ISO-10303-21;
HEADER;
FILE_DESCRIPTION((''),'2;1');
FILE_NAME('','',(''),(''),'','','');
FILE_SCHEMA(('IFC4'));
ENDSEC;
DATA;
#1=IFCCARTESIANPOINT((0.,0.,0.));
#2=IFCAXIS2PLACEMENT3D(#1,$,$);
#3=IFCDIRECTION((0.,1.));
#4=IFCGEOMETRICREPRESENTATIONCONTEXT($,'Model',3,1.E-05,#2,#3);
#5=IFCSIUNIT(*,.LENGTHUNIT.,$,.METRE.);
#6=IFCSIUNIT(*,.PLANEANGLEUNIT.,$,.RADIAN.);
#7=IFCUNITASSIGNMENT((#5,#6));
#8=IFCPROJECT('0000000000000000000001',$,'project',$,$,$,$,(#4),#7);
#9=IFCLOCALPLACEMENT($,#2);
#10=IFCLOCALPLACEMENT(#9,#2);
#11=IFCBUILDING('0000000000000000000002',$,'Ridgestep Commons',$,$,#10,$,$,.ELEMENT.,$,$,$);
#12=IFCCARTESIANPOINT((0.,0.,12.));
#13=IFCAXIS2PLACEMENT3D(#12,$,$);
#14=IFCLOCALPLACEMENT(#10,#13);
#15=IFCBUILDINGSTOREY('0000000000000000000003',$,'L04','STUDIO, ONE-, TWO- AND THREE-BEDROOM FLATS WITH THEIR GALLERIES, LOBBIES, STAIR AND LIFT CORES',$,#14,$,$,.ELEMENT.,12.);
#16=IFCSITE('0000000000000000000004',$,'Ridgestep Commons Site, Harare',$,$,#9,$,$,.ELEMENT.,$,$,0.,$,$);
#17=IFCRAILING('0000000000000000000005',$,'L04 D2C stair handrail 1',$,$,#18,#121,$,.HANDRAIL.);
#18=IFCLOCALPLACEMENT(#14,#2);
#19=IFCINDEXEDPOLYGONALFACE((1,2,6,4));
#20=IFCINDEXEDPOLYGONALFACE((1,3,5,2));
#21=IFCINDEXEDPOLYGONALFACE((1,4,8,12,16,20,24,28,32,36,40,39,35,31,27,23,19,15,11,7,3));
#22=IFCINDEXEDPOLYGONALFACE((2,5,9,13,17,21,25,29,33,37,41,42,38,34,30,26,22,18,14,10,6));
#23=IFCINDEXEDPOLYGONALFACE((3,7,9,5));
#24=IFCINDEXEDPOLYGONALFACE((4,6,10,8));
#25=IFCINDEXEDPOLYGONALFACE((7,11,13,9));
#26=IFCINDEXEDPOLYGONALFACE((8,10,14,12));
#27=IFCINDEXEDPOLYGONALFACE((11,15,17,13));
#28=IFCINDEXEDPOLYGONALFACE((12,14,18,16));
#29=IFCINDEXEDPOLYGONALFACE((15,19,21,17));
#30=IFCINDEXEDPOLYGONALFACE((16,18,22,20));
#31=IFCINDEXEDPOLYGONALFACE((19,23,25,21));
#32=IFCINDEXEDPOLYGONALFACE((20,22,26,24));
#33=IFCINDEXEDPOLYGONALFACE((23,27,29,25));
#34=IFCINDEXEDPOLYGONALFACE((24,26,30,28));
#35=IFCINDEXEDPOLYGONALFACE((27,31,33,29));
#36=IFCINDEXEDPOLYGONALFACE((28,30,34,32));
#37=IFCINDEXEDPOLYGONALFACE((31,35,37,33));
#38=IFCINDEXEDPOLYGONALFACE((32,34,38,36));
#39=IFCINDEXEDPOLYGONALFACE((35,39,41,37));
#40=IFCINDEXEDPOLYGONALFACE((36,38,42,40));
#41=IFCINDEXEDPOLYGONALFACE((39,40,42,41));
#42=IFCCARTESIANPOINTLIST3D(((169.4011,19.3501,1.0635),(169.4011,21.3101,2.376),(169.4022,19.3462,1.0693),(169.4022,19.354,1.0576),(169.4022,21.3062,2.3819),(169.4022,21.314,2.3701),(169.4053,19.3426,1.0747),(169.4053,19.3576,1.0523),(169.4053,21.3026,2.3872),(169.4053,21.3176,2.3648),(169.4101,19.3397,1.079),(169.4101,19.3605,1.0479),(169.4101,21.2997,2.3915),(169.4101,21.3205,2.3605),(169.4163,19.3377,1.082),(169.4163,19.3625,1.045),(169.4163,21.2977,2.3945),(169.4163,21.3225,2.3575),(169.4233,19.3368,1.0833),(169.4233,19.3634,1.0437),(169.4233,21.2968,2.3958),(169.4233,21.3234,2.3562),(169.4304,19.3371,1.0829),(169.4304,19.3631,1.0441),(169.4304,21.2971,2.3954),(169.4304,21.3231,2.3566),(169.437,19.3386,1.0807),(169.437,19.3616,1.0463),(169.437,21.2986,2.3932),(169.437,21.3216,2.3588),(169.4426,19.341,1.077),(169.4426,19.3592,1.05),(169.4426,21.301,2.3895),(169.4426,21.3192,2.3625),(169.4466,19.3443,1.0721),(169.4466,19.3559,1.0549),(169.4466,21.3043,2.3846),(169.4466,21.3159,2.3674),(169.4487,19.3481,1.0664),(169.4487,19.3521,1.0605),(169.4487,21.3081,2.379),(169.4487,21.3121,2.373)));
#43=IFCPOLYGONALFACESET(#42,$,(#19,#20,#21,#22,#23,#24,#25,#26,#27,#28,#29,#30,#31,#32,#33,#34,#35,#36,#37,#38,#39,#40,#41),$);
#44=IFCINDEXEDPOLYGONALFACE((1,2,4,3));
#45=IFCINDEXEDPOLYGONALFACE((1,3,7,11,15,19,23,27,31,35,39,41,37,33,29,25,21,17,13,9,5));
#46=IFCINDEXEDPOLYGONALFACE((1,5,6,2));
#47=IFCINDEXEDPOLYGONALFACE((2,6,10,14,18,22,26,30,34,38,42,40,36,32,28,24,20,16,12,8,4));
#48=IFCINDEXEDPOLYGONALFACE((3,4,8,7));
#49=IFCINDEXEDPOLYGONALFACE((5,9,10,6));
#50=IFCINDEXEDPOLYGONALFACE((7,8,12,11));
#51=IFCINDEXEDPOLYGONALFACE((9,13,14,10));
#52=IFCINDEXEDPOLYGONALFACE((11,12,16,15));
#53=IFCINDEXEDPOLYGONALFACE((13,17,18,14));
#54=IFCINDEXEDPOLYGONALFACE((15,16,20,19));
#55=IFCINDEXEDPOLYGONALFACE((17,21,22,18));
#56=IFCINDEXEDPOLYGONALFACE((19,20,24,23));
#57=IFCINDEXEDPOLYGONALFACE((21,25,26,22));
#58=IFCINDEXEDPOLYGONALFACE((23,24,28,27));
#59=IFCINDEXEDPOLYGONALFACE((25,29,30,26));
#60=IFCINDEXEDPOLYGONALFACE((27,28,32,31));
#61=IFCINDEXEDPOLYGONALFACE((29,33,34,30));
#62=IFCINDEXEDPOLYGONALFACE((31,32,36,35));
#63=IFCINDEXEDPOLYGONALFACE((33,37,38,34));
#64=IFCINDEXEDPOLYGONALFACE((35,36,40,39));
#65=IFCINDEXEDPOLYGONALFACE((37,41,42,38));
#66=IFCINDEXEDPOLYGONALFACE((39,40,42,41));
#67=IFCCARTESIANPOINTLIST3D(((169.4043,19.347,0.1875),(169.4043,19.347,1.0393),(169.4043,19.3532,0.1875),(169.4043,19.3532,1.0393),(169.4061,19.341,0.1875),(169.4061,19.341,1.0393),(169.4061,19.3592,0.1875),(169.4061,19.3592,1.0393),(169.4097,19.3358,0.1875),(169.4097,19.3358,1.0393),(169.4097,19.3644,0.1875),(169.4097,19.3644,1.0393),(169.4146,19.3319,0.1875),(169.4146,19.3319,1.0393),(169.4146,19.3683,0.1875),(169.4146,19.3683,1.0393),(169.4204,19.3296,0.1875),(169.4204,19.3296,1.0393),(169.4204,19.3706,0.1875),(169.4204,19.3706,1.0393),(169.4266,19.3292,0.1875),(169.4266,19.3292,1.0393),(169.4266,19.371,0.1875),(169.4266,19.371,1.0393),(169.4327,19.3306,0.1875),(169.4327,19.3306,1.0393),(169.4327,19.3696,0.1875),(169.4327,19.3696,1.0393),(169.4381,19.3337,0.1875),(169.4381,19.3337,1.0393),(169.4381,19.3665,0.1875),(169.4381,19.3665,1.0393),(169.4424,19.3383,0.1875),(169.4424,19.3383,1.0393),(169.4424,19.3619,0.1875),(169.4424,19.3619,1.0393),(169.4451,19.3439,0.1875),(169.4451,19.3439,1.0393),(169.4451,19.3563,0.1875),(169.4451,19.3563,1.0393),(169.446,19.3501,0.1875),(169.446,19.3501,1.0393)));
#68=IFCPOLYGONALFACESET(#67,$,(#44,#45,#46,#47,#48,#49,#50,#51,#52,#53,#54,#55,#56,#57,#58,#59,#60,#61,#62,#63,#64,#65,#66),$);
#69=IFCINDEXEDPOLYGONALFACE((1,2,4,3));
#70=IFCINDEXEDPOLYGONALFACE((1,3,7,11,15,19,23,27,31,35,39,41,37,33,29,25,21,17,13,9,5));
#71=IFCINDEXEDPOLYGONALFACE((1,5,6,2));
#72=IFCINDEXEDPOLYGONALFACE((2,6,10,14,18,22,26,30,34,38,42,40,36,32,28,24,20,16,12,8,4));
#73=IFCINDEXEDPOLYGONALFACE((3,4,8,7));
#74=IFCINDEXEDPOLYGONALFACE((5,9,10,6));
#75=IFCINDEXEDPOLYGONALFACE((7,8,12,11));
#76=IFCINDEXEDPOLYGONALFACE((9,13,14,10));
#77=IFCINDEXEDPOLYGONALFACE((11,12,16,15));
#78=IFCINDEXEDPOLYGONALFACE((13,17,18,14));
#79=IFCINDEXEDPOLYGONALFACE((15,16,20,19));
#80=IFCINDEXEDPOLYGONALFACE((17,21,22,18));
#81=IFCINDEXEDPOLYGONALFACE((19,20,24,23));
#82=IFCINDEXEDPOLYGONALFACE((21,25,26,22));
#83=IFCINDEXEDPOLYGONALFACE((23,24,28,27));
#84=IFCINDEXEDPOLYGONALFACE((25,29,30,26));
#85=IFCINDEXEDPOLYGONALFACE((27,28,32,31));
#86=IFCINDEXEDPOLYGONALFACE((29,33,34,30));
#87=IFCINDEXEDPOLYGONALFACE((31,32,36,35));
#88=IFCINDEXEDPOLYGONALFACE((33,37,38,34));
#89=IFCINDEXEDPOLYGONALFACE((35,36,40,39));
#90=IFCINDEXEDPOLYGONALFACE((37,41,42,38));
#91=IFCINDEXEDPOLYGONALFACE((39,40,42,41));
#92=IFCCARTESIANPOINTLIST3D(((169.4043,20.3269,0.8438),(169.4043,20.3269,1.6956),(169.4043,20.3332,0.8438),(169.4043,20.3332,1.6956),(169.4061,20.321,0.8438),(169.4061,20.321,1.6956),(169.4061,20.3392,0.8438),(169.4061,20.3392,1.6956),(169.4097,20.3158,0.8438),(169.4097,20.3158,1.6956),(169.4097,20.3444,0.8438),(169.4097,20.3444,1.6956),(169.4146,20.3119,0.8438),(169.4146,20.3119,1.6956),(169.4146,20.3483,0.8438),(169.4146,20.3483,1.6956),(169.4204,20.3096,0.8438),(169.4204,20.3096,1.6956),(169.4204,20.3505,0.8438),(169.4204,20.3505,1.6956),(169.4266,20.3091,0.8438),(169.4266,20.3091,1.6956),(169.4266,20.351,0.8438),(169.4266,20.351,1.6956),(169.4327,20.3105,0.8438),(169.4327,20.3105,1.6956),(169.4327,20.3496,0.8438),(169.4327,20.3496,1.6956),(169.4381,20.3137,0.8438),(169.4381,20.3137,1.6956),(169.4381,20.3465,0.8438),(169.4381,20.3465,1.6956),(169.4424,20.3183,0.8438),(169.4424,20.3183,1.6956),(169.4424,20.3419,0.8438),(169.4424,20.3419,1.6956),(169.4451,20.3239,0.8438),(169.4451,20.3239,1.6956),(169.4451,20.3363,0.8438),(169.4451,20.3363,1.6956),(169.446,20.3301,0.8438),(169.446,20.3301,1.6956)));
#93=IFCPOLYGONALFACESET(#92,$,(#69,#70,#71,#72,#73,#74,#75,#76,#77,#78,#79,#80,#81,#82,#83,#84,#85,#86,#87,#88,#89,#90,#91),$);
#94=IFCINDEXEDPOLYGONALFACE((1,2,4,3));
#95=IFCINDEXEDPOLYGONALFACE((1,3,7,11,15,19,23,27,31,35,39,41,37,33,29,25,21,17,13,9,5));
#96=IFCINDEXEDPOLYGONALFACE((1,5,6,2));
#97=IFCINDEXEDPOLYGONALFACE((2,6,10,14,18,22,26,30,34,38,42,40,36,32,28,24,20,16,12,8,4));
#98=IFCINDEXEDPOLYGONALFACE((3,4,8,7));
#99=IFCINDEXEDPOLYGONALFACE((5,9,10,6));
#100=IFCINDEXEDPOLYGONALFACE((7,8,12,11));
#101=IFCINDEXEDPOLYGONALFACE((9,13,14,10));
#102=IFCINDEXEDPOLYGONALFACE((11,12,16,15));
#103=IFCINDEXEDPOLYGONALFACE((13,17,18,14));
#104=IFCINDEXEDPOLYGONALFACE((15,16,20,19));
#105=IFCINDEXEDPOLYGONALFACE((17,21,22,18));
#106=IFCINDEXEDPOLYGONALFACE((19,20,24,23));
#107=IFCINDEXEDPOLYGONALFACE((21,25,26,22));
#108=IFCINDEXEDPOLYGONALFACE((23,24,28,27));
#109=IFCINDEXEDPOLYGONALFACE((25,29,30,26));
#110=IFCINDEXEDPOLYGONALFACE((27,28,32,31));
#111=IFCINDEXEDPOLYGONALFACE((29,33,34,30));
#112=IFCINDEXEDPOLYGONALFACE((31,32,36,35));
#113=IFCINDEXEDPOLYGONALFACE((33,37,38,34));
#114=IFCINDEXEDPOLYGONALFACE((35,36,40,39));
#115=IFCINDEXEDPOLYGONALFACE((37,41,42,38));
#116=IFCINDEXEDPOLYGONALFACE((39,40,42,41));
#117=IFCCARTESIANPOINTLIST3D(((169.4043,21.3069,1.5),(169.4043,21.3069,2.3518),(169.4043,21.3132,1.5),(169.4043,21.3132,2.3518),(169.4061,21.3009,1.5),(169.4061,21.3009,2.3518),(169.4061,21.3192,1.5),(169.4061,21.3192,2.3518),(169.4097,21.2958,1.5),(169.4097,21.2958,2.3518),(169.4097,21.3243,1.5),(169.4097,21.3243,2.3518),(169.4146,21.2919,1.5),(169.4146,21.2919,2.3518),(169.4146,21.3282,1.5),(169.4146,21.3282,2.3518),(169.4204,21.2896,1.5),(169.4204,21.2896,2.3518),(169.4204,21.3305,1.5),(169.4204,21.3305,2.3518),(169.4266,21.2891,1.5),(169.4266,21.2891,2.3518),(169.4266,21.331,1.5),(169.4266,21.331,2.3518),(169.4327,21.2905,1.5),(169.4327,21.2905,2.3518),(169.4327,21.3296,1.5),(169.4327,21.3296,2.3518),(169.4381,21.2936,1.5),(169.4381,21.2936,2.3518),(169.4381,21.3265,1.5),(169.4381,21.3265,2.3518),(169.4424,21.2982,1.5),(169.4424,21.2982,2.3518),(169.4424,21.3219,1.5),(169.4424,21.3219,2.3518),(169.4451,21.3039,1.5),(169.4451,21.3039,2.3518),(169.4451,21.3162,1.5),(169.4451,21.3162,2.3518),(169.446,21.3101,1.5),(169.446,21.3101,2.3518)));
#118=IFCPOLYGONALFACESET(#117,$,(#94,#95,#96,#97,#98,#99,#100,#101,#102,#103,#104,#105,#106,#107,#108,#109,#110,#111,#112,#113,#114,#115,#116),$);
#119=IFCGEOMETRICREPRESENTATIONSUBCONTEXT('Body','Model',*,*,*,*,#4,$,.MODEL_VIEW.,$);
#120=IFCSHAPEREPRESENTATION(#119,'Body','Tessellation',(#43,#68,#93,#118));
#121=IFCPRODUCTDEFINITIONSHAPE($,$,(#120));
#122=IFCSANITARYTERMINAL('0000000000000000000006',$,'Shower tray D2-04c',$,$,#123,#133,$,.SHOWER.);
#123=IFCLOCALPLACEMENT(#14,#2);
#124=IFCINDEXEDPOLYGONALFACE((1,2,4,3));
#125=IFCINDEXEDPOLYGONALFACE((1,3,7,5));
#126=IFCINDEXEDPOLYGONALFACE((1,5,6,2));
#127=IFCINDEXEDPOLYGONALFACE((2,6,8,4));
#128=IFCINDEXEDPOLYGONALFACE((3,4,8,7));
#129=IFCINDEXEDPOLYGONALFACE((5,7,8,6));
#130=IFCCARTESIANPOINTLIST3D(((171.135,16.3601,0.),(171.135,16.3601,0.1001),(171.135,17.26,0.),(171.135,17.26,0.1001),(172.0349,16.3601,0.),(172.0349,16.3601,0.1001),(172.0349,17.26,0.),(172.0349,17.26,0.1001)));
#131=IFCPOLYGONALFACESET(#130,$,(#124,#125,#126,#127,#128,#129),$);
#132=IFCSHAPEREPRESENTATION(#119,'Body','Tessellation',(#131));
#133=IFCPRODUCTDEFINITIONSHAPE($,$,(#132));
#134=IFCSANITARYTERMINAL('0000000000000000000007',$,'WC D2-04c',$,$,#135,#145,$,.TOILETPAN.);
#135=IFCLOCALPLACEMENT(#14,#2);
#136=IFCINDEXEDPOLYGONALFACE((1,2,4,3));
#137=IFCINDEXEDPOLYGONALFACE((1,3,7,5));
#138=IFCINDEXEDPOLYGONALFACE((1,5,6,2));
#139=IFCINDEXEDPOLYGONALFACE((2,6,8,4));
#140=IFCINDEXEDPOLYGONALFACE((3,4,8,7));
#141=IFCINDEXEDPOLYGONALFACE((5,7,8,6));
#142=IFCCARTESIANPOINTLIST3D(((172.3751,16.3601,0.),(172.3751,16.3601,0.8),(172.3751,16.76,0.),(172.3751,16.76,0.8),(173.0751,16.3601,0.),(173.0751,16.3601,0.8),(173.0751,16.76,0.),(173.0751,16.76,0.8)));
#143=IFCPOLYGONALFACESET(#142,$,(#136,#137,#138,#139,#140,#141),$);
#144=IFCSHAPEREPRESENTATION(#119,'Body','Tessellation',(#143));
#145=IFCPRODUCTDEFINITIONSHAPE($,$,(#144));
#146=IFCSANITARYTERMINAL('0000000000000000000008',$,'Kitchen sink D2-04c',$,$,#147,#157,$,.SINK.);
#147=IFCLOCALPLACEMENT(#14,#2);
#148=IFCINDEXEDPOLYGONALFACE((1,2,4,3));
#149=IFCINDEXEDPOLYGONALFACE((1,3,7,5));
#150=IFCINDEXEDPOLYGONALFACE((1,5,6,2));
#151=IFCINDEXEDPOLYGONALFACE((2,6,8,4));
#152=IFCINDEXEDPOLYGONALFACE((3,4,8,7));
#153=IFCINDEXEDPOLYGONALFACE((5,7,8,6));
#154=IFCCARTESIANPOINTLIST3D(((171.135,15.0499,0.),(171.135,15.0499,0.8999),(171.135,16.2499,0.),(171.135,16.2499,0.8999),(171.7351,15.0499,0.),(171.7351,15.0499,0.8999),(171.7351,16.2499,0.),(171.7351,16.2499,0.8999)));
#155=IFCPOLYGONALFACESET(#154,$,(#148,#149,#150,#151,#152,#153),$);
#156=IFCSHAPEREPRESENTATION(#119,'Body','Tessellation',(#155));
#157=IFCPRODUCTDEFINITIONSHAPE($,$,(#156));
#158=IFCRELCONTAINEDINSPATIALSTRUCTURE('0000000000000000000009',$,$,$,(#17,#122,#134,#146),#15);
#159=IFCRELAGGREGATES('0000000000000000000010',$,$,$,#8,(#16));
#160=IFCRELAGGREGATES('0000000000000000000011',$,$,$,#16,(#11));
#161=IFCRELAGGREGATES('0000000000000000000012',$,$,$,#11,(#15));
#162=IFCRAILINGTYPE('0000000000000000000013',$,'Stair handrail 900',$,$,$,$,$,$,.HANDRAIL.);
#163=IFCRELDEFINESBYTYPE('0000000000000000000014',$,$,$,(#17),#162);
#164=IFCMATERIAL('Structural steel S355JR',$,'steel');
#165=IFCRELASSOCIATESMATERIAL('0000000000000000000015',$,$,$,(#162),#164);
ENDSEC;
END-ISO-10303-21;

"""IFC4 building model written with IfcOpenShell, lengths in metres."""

from ifc_helpers import new_model, si_unit, direction, frame, origin, origin_2d, place, context, subcontext, project, spatial, rectangle, circle, extrude, material, type_object, element, save


model = new_model("IFC4")

# Units and contexts
model_context = context("Model", 3, precision=1e-05, world=origin(), true_north=direction((0.0, 1.0)))
body_context = subcontext(model_context, "Body", "Model", "MODEL_VIEW")
ifc_project = project(units=[si_unit("LENGTHUNIT", "METRE"), si_unit("PLANEANGLEUNIT", "RADIAN")], contexts=[model_context])

# Site, building, storey
site_placement = place(None, origin())
site = spatial("IfcSite", under=ifc_project, at=site_placement, Name="Ridgestep Commons Site, Harare", CompositionType="ELEMENT", RefElevation=0.0)
building_placement = place(site_placement, origin())
building = spatial("IfcBuilding", under=site, at=building_placement, Name="Ridgestep Commons", CompositionType="ELEMENT")
storey_placement = place(building_placement, frame((0.0, 0.0, 12.0)))
storey = spatial("IfcBuildingStorey", under=building, at=storey_placement, Name="L04", Description="STUDIO, ONE-, TWO- AND THREE-BEDROOM FLATS WITH THEIR GALLERIES, LOBBIES, STAIR AND LIFT CORES", CompositionType="ELEMENT", Elevation=12.0)

# Railing
ifc_material_1 = material(Name="Structural steel S355JR", Category="steel")
railing_type_1 = type_object("IfcRailingType", Name="Stair handrail 900", PredefinedType="HANDRAIL", material=ifc_material_1)
railing_1_placement = place(storey_placement, frame((169.425, 19.3501, 0.1875)))
element("IfcRailing", 1, at=railing_1_placement, inside=storey, type_object=railing_type_1, Name="L04 D2C stair handrail 1", PredefinedType="HANDRAIL", context=body_context, shape_type="SweptSolid", body=[
    extrude(circle(Radius=0.0239, at=origin_2d()), frame((0.0, 0.0, 0.876), z_axis=(0.0, 0.830902, 0.556419), x_axis=(-1.0, 0.0, 0.0)), (0.0, 0.0, 1.0), 2.3589),
    extrude(circle(Radius=0.021, at=origin_2d()), origin(), (0.0, 0.0, 1.0), 0.8518),
    extrude(circle(Radius=0.021, at=origin_2d()), frame((0.0, 0.98, 0.6562)), (0.0, 0.0, 1.0), 0.8518),
    extrude(circle(Radius=0.021, at=origin_2d()), frame((0.0, 1.96, 1.3125)), (0.0, 0.0, 1.0), 0.8518),
])

# Sanitary terminals
sanitary_terminal_1_placement = place(storey_placement, frame((171.585, 16.8101, 0.0), z_axis=(0.0, 0.0, 1.0), x_axis=(1.0, 0.0, 0.0)))
element("IfcSanitaryTerminal", 2, at=sanitary_terminal_1_placement, inside=storey, Name="Shower tray D2-04c", PredefinedType="SHOWER", context=body_context, shape_type="SweptSolid", body=[
    extrude(rectangle(XDim=0.8999, YDim=0.8999, at=origin_2d()), origin(), (0.0, 0.0, 1.0), 0.1001),
])
sanitary_terminal_2_placement = place(storey_placement, frame((172.7251, 16.5601, 0.0), z_axis=(0.0, 0.0, 1.0), x_axis=(1.0, 0.0, 0.0)))
element("IfcSanitaryTerminal", 3, at=sanitary_terminal_2_placement, inside=storey, Name="WC D2-04c", PredefinedType="TOILETPAN", context=body_context, shape_type="SweptSolid", body=[
    extrude(rectangle(XDim=0.7, YDim=0.3999, at=origin_2d()), origin(), (0.0, 0.0, 1.0), 0.8),
])
sanitary_terminal_3_placement = place(storey_placement, frame((171.4351, 15.6499, 0.0), z_axis=(0.0, 0.0, 1.0), x_axis=(1.0, 0.0, 0.0)))
element("IfcSanitaryTerminal", 4, at=sanitary_terminal_3_placement, inside=storey, Name="Kitchen sink D2-04c", PredefinedType="SINK", context=body_context, shape_type="SweptSolid", body=[
    extrude(rectangle(XDim=0.6001, YDim=1.2, at=origin_2d()), origin(), (0.0, 0.0, 1.0), 0.8999),
])

save(model, "model.ifc")
